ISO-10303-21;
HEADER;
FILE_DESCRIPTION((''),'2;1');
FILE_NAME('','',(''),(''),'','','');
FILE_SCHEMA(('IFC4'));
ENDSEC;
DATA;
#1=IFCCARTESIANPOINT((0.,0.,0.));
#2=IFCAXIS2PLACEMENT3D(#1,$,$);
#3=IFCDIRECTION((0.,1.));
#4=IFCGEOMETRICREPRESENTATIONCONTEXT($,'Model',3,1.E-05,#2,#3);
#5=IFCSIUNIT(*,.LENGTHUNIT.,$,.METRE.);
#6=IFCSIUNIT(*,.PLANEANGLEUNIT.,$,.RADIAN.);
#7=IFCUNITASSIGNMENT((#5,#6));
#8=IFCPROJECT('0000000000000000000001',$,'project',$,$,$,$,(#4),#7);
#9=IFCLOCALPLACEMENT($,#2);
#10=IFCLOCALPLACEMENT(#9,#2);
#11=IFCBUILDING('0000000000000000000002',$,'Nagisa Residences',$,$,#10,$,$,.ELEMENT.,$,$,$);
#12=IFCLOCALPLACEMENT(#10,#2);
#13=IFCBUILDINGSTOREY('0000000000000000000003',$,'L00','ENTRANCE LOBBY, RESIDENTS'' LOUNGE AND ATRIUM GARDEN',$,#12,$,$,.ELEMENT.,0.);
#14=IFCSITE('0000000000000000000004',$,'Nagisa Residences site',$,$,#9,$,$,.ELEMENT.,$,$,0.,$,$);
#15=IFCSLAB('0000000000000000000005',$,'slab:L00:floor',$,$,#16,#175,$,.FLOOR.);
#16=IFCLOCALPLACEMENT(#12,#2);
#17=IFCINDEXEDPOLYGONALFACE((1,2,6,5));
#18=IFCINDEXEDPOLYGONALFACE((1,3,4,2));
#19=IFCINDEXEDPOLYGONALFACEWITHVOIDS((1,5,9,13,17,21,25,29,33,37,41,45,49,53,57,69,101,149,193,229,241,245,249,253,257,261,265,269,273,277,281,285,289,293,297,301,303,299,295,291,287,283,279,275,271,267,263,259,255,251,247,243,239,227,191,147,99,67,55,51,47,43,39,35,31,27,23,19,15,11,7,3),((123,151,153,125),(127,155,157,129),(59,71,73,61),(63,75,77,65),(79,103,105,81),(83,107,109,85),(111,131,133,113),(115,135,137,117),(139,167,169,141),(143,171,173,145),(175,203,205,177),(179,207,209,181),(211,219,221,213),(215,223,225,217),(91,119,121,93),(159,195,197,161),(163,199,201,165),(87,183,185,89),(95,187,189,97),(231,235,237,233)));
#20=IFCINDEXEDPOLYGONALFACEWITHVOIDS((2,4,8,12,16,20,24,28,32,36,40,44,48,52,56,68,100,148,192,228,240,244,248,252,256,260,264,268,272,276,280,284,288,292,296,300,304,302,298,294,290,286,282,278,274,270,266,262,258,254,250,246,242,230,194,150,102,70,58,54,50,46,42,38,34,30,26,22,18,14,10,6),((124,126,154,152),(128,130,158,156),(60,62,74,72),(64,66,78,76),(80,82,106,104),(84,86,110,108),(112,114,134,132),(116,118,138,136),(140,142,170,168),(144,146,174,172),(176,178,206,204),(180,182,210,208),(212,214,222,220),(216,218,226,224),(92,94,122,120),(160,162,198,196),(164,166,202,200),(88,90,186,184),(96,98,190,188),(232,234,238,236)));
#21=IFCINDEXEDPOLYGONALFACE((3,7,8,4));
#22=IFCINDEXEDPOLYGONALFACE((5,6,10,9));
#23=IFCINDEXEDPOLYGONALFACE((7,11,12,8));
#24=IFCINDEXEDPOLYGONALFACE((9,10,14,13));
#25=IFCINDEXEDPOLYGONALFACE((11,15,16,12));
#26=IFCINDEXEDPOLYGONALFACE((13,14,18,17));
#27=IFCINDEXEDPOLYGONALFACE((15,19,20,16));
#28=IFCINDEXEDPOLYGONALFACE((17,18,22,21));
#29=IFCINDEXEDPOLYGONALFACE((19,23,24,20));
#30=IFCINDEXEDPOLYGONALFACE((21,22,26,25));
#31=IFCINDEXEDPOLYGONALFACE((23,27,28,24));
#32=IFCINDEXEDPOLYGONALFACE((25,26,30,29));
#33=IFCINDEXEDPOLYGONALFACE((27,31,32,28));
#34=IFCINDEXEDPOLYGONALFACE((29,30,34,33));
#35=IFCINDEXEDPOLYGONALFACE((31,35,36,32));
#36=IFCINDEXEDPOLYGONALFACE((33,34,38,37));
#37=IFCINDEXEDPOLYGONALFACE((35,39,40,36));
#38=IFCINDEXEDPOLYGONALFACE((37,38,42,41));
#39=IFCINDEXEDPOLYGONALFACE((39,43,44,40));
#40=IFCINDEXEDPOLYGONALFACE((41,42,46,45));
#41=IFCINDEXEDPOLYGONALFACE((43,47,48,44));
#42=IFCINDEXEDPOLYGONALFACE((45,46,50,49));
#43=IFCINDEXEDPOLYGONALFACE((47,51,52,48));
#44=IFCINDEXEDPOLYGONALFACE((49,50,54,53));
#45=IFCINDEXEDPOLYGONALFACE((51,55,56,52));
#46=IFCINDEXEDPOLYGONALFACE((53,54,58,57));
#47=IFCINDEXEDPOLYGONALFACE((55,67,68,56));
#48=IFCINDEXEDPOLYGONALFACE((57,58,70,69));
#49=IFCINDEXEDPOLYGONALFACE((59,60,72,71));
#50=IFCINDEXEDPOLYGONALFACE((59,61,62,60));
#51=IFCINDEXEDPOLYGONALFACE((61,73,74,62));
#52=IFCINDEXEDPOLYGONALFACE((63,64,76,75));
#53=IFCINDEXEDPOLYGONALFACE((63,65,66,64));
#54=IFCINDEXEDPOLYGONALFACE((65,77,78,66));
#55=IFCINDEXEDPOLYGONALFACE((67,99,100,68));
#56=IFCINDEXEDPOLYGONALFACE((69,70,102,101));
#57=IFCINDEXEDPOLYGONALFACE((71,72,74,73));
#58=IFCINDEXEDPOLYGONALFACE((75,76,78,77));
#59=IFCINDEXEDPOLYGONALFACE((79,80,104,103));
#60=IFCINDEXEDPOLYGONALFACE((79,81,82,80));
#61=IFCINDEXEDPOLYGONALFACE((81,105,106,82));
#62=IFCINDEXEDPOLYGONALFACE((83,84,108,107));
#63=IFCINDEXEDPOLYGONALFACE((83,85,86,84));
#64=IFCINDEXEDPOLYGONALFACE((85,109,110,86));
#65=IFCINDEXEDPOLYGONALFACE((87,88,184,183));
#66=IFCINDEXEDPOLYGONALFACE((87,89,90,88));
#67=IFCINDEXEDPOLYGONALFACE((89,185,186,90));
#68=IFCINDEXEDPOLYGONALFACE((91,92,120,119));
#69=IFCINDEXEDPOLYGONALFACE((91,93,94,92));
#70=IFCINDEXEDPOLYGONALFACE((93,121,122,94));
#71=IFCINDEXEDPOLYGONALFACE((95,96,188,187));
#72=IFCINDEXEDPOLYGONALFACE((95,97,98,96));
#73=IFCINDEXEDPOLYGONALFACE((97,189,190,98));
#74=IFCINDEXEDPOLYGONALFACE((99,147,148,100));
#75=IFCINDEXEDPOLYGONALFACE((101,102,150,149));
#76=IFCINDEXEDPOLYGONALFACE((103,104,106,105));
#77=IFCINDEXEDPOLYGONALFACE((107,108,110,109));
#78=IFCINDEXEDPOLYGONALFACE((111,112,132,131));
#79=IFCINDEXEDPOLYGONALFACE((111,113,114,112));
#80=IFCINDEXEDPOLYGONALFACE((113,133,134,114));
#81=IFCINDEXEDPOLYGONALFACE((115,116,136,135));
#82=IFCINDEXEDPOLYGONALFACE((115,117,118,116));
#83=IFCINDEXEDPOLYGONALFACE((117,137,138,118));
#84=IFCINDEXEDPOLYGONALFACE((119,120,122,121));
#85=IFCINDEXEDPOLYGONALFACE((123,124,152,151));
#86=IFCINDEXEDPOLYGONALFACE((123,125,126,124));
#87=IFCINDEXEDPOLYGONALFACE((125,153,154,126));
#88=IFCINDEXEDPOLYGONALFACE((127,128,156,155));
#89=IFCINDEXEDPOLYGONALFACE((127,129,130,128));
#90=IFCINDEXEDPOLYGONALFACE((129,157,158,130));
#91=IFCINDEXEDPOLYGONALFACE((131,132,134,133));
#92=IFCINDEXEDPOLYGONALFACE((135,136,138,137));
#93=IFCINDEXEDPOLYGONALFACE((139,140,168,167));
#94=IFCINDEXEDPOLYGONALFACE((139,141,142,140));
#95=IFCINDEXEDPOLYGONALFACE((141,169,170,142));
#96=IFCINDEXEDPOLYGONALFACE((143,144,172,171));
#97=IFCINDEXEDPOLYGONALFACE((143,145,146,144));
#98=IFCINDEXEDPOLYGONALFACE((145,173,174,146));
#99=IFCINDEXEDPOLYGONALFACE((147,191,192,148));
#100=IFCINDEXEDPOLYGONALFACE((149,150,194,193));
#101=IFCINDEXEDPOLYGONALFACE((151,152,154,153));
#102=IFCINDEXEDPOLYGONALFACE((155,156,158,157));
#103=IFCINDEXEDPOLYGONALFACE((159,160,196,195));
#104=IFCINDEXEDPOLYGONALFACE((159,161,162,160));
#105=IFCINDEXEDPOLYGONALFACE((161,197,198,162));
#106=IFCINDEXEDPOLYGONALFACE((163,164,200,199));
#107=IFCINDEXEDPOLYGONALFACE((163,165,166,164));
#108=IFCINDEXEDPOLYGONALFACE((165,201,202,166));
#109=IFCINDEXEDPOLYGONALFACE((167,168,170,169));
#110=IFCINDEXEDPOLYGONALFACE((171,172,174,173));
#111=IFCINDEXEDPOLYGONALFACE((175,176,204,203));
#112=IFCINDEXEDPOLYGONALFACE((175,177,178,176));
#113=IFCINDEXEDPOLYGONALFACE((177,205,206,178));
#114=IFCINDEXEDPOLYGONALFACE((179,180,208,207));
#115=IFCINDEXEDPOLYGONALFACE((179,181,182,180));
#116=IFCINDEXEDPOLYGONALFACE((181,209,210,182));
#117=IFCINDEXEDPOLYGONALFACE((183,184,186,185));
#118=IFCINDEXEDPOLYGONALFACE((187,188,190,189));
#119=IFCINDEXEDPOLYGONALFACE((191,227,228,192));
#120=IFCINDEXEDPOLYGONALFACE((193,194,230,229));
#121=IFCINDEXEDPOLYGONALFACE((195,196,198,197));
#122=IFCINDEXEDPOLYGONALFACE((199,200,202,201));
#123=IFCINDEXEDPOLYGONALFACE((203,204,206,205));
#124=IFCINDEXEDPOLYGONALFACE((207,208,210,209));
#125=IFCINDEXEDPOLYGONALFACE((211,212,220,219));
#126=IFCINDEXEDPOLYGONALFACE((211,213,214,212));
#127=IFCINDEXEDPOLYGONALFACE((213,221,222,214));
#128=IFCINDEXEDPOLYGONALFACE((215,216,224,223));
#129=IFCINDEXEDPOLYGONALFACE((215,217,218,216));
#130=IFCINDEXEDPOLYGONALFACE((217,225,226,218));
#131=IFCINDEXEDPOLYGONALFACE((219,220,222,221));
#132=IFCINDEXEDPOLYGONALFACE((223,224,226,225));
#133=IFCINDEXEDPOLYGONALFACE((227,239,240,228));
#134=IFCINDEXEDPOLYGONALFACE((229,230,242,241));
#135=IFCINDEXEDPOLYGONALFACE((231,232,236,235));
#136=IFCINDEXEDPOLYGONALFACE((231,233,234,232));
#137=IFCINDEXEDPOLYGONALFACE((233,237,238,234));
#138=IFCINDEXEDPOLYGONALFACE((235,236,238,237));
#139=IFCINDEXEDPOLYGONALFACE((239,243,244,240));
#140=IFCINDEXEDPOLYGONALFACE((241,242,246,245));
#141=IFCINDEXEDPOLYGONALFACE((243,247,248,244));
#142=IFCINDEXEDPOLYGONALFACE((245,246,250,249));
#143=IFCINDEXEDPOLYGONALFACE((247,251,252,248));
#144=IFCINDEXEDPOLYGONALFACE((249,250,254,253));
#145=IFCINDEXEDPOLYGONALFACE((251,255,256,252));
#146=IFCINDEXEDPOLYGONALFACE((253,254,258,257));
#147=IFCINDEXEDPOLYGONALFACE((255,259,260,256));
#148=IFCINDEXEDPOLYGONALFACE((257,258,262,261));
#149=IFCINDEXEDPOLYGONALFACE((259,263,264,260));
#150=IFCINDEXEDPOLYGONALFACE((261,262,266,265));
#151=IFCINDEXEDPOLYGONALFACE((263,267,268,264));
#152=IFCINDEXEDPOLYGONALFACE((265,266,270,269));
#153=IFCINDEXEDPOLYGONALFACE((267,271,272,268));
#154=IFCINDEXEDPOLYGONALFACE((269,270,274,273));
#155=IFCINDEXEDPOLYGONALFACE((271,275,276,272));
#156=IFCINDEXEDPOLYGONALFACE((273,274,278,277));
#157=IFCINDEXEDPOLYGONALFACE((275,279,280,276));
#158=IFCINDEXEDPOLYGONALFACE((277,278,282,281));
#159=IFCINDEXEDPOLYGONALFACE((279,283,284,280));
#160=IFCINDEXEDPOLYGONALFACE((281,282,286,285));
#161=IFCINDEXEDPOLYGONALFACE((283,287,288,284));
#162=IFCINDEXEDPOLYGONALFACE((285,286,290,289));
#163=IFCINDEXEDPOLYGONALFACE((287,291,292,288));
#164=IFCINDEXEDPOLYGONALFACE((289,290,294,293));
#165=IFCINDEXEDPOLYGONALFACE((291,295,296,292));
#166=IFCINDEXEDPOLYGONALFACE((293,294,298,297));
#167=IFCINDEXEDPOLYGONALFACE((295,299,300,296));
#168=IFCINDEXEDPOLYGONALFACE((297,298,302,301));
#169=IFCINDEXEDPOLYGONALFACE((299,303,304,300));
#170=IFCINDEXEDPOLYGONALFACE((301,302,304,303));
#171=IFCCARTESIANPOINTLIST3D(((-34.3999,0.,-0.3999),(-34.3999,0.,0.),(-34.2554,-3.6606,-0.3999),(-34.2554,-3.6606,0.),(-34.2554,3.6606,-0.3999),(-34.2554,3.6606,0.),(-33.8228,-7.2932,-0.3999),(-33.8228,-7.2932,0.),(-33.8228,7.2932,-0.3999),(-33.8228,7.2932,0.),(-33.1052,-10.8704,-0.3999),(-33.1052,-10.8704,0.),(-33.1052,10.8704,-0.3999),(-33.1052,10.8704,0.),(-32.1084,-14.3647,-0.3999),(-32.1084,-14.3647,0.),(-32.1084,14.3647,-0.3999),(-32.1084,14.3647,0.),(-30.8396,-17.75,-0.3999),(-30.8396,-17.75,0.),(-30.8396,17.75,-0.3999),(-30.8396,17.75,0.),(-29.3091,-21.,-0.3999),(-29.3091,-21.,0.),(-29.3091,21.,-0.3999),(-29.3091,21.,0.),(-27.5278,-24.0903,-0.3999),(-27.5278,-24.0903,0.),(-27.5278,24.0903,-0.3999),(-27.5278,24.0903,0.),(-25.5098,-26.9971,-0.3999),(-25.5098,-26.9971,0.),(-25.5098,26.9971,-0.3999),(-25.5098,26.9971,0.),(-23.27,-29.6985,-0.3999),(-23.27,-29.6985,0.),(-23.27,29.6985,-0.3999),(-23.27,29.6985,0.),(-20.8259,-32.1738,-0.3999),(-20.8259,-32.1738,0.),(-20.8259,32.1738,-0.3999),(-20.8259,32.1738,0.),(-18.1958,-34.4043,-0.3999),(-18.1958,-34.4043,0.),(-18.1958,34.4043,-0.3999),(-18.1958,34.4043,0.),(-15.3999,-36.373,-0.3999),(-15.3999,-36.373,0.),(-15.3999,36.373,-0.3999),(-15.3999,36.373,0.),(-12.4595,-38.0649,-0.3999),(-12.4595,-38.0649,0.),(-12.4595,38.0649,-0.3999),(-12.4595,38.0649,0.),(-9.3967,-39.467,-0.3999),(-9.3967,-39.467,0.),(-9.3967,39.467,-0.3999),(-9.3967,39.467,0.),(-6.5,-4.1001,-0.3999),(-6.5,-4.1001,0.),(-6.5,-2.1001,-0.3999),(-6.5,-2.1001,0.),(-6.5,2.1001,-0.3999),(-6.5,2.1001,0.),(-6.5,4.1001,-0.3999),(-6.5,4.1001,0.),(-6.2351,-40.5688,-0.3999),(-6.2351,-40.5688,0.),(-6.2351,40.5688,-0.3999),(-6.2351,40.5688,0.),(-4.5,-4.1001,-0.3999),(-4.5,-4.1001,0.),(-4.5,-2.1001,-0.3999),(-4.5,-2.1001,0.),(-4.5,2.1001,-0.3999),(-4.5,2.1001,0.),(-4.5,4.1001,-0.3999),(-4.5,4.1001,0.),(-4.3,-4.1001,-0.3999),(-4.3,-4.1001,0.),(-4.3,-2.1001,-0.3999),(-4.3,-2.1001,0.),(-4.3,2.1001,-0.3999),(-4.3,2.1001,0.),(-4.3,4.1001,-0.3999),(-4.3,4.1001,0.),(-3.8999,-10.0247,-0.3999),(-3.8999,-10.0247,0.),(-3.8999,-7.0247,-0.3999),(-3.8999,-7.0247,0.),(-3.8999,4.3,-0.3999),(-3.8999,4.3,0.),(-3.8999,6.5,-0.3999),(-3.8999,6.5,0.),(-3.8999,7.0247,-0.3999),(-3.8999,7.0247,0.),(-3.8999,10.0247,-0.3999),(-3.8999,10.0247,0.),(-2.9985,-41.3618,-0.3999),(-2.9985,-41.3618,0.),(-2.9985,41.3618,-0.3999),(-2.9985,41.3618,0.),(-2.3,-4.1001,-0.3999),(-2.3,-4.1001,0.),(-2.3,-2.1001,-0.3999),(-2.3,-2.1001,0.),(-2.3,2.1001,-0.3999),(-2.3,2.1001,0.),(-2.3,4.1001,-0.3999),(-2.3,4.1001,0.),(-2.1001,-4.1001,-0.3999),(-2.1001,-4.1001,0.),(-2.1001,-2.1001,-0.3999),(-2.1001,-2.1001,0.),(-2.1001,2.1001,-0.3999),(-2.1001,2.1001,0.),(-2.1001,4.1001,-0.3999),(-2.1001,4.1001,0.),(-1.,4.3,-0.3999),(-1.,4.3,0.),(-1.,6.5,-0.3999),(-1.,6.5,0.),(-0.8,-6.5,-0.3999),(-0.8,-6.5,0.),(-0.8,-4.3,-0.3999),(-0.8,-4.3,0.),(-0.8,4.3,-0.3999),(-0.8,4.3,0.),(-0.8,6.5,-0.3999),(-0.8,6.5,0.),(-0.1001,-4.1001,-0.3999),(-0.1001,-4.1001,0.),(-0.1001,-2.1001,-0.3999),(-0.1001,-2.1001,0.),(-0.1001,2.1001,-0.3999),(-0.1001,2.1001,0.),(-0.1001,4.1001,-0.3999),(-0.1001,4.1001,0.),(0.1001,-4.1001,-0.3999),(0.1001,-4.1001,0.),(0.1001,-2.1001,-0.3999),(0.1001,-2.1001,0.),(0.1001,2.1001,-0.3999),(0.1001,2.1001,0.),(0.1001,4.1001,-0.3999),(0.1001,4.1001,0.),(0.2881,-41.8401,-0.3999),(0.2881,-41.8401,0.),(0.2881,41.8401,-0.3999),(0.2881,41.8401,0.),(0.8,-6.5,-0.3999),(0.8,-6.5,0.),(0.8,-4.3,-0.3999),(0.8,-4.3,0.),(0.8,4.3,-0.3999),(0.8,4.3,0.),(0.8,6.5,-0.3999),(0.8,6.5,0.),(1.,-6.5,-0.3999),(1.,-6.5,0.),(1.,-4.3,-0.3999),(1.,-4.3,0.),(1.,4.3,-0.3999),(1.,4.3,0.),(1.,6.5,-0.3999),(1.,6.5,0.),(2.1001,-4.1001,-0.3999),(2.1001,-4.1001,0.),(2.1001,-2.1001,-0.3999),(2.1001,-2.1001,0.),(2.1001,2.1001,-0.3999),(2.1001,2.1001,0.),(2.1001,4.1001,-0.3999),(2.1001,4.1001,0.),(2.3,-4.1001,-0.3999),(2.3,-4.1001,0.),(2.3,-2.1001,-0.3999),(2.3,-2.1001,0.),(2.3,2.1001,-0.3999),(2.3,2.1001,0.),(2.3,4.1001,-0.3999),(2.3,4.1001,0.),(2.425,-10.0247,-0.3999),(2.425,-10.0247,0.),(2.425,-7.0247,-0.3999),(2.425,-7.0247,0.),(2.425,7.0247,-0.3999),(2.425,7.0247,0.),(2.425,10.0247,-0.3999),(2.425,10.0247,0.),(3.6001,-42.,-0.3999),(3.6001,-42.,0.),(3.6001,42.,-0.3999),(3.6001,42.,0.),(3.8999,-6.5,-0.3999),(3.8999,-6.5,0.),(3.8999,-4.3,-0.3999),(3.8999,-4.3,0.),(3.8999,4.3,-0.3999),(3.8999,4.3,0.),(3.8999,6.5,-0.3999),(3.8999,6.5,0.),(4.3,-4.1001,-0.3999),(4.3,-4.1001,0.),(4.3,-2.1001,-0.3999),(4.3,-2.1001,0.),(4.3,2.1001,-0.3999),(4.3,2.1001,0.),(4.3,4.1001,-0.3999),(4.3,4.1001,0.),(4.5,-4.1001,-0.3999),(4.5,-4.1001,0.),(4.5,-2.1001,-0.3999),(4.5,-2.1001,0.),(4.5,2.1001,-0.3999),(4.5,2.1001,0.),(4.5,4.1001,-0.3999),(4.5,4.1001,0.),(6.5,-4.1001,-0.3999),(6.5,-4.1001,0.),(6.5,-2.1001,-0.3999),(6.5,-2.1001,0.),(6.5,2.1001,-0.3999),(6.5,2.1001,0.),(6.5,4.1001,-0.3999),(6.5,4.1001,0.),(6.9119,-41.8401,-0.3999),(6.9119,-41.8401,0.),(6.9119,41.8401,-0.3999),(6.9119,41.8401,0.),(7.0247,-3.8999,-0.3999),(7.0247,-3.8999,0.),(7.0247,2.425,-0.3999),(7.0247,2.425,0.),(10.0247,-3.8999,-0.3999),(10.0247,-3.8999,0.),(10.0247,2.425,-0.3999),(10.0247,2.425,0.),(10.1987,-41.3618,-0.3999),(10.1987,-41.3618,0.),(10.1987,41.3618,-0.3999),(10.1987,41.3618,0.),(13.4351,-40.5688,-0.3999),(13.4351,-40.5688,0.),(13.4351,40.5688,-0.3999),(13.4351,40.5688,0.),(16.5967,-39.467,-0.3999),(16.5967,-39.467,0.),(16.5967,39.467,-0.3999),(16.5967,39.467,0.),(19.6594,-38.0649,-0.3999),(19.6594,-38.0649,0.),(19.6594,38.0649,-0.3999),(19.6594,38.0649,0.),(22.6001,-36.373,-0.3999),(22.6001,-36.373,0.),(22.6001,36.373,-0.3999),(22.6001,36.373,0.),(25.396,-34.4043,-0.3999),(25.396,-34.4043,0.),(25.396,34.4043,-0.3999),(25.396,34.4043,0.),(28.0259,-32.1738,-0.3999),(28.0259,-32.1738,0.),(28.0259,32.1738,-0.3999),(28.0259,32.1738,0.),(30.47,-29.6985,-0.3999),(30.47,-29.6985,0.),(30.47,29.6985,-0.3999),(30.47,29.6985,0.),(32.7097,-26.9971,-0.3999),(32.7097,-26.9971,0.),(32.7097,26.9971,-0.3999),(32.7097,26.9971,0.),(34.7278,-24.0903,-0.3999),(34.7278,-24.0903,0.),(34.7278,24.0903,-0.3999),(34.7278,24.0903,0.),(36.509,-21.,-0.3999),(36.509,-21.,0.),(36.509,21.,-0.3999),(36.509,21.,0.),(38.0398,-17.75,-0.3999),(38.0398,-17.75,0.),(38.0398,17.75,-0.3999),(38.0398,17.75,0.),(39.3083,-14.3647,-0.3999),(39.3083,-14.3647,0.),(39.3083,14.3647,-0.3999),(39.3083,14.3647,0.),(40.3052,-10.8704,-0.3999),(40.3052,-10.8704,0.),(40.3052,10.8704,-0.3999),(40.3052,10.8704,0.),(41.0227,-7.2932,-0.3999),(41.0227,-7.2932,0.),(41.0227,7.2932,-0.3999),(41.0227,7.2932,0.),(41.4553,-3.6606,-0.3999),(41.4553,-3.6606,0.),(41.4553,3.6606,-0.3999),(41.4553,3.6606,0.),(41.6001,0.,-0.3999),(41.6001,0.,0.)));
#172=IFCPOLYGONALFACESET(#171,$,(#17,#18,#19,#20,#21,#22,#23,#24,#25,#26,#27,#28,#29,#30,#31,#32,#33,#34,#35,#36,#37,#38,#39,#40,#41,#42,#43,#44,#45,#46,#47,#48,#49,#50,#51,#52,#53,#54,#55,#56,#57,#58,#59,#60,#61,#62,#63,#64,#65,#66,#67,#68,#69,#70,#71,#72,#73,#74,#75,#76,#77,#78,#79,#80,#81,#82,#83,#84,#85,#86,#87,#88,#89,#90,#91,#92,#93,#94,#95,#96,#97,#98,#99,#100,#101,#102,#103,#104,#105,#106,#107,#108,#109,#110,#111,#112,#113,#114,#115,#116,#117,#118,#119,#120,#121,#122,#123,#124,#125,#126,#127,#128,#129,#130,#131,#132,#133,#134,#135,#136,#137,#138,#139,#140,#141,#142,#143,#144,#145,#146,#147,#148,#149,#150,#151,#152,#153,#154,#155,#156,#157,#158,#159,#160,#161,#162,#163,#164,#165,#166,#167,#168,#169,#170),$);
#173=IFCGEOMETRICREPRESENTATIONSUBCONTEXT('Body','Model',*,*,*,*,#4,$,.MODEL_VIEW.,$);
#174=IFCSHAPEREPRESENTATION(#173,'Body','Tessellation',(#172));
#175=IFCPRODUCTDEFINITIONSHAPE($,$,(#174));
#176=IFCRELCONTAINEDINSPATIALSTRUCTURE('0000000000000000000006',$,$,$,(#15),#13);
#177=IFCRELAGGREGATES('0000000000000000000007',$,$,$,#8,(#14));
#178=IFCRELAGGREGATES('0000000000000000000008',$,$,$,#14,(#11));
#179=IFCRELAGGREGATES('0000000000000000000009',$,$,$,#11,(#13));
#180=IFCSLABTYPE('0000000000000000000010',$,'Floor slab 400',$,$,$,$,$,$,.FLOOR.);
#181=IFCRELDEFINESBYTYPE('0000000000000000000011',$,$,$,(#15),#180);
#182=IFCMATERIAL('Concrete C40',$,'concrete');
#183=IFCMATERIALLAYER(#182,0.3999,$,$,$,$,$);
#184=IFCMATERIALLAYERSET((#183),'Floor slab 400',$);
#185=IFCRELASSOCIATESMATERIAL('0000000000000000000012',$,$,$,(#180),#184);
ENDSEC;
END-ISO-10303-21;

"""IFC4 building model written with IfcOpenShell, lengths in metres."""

from ifc_helpers import new_model, si_unit, direction, frame, origin, place, context, subcontext, project, spatial, polyline, outline, extrude, material, layer, layer_set, type_object, element, save


model = new_model("IFC4")

# Units and contexts
model_context = context("Model", 3, precision=1e-05, world=origin(), true_north=direction((0.0, 1.0)))
body_context = subcontext(model_context, "Body", "Model", "MODEL_VIEW")
ifc_project = project(units=[si_unit("LENGTHUNIT", "METRE"), si_unit("PLANEANGLEUNIT", "RADIAN")], contexts=[model_context])

# Site, building, storey
site_placement = place(None, origin())
site = spatial("IfcSite", under=ifc_project, at=site_placement, Name="Nagisa Residences site", CompositionType="ELEMENT", RefElevation=0.0)
building_placement = place(site_placement, origin())
building = spatial("IfcBuilding", under=site, at=building_placement, Name="Nagisa Residences", CompositionType="ELEMENT")
storey_placement = place(building_placement, origin())
storey = spatial("IfcBuildingStorey", under=building, at=storey_placement, Name="L00", Description="ENTRANCE LOBBY, RESIDENTS' LOUNGE AND ATRIUM GARDEN", CompositionType="ELEMENT", Elevation=0.0)

# Slab
ifc_material_1 = material(Name="Concrete C40", Category="concrete")
ifc_layer_1 = layer(ifc_material_1, 0.3999)
ifc_layer_set_1 = layer_set([ifc_layer_1], Name="Floor slab 400")
slab_type = type_object("IfcSlabType", Name="Floor slab 400", PredefinedType="FLOOR", material=ifc_layer_set_1)
slab_placement = place(storey_placement, frame((0.0, 0.0, -0.3999)))
element("IfcSlab", 1, at=slab_placement, inside=storey, type_object=slab_type, Name="slab:L00:floor", PredefinedType="FLOOR", context=body_context, shape_type="SweptSolid", body=[
    extrude(outline(polyline([(41.6001, 0.0), (41.4553, 3.6606), (41.0227, 7.2932), (40.3052, 10.8704), (39.3083, 14.3647), (38.0398, 17.75), (36.509, 21.0), (34.7278, 24.0903), (32.7097, 26.9971), (30.47, 29.6985), (28.0259, 32.1738), (25.396, 34.4043), (22.6001, 36.373), (19.6594, 38.0649), (16.5967, 39.467), (13.4351, 40.5688), (10.1987, 41.3618), (6.9119, 41.8401), (3.6001, 42.0), (0.2881, 41.8401), (-2.9985, 41.3618), (-6.2351, 40.5688), (-9.3967, 39.467), (-12.4595, 38.0649), (-15.3999, 36.373), (-18.1958, 34.4043), (-20.8259, 32.1738), (-23.27, 29.6985), (-25.5098, 26.9971), (-27.5278, 24.0903), (-29.3091, 21.0), (-30.8396, 17.75), (-32.1084, 14.3647), (-33.1052, 10.8704), (-33.8228, 7.2932), (-34.2554, 3.6606), (-34.3999, 0.0), (-34.2554, -3.6606), (-33.8228, -7.2932), (-33.1052, -10.8704), (-32.1084, -14.3647), (-30.8396, -17.75), (-29.3091, -21.0), (-27.5278, -24.0903), (-25.5098, -26.9971), (-23.27, -29.6985), (-20.8259, -32.1738), (-18.1958, -34.4043), (-15.3999, -36.373), (-12.4595, -38.0649), (-9.3967, -39.467), (-6.2351, -40.5688), (-2.9985, -41.3618), (0.2881, -41.8401), (3.6001, -42.0), (6.9119, -41.8401), (10.1987, -41.3618), (13.4351, -40.5688), (16.5967, -39.467), (19.6594, -38.0649), (22.6001, -36.373), (25.396, -34.4043), (28.0259, -32.1738), (30.47, -29.6985), (32.7097, -26.9971), (34.7278, -24.0903), (36.509, -21.0), (38.0398, -17.75), (39.3083, -14.3647), (40.3052, -10.8704), (41.0227, -7.2932), (41.4553, -3.6606), (41.6001, 0.0)]), holes=[polyline([(-4.5, 2.1001), (-4.5, 4.1001), (-6.5, 4.1001), (-6.5, 2.1001), (-4.5, 2.1001)]), polyline([(-2.3, 2.1001), (-2.3, 4.1001), (-4.3, 4.1001), (-4.3, 2.1001), (-2.3, 2.1001)]), polyline([(-0.1001, 2.1001), (-0.1001, 4.1001), (-2.1001, 4.1001), (-2.1001, 2.1001), (-0.1001, 2.1001)]), polyline([(2.1001, 2.1001), (2.1001, 4.1001), (0.1001, 4.1001), (0.1001, 2.1001), (2.1001, 2.1001)]), polyline([(4.3, 2.1001), (4.3, 4.1001), (2.3, 4.1001), (2.3, 2.1001), (4.3, 2.1001)]), polyline([(6.5, 2.1001), (6.5, 4.1001), (4.5, 4.1001), (4.5, 2.1001), (6.5, 2.1001)]), polyline([(-4.5, -4.1001), (-4.5, -2.1001), (-6.5, -2.1001), (-6.5, -4.1001), (-4.5, -4.1001)]), polyline([(-2.3, -4.1001), (-2.3, -2.1001), (-4.3, -2.1001), (-4.3, -4.1001), (-2.3, -4.1001)]), polyline([(-0.1001, -4.1001), (-0.1001, -2.1001), (-2.1001, -2.1001), (-2.1001, -4.1001), (-0.1001, -4.1001)]), polyline([(2.1001, -4.1001), (2.1001, -2.1001), (0.1001, -2.1001), (0.1001, -4.1001), (2.1001, -4.1001)]), polyline([(4.3, -4.1001), (4.3, -2.1001), (2.3, -2.1001), (2.3, -4.1001), (4.3, -4.1001)]), polyline([(6.5, -4.1001), (6.5, -2.1001), (4.5, -2.1001), (4.5, -4.1001), (6.5, -4.1001)]), polyline([(3.8999, 4.3), (3.8999, 6.5), (1.0, 6.5), (1.0, 4.3), (3.8999, 4.3)]), polyline([(3.8999, -6.5), (3.8999, -4.3), (1.0, -4.3), (1.0, -6.5), (3.8999, -6.5)]), polyline([(-1.0, 4.3), (-1.0, 6.5), (-3.8999, 6.5), (-3.8999, 4.3), (-1.0, 4.3)]), polyline([(0.8, 4.3), (0.8, 6.5), (-0.8, 6.5), (-0.8, 4.3), (0.8, 4.3)]), polyline([(0.8, -6.5), (0.8, -4.3), (-0.8, -4.3), (-0.8, -6.5), (0.8, -6.5)]), polyline([(10.0247, -3.8999), (7.0247, -3.8999), (7.0247, 2.425), (10.0247, 2.425), (10.0247, -3.8999)]), polyline([(-3.8999, 7.0247), (-3.8999, 10.0247), (2.425, 10.0247), (2.425, 7.0247), (-3.8999, 7.0247)]), polyline([(-3.8999, -10.0247), (-3.8999, -7.0247), (2.425, -7.0247), (2.425, -10.0247), (-3.8999, -10.0247)])]), origin(), (0.0, 0.0, 1.0), 0.3999),
])

save(model, "model.ifc")
